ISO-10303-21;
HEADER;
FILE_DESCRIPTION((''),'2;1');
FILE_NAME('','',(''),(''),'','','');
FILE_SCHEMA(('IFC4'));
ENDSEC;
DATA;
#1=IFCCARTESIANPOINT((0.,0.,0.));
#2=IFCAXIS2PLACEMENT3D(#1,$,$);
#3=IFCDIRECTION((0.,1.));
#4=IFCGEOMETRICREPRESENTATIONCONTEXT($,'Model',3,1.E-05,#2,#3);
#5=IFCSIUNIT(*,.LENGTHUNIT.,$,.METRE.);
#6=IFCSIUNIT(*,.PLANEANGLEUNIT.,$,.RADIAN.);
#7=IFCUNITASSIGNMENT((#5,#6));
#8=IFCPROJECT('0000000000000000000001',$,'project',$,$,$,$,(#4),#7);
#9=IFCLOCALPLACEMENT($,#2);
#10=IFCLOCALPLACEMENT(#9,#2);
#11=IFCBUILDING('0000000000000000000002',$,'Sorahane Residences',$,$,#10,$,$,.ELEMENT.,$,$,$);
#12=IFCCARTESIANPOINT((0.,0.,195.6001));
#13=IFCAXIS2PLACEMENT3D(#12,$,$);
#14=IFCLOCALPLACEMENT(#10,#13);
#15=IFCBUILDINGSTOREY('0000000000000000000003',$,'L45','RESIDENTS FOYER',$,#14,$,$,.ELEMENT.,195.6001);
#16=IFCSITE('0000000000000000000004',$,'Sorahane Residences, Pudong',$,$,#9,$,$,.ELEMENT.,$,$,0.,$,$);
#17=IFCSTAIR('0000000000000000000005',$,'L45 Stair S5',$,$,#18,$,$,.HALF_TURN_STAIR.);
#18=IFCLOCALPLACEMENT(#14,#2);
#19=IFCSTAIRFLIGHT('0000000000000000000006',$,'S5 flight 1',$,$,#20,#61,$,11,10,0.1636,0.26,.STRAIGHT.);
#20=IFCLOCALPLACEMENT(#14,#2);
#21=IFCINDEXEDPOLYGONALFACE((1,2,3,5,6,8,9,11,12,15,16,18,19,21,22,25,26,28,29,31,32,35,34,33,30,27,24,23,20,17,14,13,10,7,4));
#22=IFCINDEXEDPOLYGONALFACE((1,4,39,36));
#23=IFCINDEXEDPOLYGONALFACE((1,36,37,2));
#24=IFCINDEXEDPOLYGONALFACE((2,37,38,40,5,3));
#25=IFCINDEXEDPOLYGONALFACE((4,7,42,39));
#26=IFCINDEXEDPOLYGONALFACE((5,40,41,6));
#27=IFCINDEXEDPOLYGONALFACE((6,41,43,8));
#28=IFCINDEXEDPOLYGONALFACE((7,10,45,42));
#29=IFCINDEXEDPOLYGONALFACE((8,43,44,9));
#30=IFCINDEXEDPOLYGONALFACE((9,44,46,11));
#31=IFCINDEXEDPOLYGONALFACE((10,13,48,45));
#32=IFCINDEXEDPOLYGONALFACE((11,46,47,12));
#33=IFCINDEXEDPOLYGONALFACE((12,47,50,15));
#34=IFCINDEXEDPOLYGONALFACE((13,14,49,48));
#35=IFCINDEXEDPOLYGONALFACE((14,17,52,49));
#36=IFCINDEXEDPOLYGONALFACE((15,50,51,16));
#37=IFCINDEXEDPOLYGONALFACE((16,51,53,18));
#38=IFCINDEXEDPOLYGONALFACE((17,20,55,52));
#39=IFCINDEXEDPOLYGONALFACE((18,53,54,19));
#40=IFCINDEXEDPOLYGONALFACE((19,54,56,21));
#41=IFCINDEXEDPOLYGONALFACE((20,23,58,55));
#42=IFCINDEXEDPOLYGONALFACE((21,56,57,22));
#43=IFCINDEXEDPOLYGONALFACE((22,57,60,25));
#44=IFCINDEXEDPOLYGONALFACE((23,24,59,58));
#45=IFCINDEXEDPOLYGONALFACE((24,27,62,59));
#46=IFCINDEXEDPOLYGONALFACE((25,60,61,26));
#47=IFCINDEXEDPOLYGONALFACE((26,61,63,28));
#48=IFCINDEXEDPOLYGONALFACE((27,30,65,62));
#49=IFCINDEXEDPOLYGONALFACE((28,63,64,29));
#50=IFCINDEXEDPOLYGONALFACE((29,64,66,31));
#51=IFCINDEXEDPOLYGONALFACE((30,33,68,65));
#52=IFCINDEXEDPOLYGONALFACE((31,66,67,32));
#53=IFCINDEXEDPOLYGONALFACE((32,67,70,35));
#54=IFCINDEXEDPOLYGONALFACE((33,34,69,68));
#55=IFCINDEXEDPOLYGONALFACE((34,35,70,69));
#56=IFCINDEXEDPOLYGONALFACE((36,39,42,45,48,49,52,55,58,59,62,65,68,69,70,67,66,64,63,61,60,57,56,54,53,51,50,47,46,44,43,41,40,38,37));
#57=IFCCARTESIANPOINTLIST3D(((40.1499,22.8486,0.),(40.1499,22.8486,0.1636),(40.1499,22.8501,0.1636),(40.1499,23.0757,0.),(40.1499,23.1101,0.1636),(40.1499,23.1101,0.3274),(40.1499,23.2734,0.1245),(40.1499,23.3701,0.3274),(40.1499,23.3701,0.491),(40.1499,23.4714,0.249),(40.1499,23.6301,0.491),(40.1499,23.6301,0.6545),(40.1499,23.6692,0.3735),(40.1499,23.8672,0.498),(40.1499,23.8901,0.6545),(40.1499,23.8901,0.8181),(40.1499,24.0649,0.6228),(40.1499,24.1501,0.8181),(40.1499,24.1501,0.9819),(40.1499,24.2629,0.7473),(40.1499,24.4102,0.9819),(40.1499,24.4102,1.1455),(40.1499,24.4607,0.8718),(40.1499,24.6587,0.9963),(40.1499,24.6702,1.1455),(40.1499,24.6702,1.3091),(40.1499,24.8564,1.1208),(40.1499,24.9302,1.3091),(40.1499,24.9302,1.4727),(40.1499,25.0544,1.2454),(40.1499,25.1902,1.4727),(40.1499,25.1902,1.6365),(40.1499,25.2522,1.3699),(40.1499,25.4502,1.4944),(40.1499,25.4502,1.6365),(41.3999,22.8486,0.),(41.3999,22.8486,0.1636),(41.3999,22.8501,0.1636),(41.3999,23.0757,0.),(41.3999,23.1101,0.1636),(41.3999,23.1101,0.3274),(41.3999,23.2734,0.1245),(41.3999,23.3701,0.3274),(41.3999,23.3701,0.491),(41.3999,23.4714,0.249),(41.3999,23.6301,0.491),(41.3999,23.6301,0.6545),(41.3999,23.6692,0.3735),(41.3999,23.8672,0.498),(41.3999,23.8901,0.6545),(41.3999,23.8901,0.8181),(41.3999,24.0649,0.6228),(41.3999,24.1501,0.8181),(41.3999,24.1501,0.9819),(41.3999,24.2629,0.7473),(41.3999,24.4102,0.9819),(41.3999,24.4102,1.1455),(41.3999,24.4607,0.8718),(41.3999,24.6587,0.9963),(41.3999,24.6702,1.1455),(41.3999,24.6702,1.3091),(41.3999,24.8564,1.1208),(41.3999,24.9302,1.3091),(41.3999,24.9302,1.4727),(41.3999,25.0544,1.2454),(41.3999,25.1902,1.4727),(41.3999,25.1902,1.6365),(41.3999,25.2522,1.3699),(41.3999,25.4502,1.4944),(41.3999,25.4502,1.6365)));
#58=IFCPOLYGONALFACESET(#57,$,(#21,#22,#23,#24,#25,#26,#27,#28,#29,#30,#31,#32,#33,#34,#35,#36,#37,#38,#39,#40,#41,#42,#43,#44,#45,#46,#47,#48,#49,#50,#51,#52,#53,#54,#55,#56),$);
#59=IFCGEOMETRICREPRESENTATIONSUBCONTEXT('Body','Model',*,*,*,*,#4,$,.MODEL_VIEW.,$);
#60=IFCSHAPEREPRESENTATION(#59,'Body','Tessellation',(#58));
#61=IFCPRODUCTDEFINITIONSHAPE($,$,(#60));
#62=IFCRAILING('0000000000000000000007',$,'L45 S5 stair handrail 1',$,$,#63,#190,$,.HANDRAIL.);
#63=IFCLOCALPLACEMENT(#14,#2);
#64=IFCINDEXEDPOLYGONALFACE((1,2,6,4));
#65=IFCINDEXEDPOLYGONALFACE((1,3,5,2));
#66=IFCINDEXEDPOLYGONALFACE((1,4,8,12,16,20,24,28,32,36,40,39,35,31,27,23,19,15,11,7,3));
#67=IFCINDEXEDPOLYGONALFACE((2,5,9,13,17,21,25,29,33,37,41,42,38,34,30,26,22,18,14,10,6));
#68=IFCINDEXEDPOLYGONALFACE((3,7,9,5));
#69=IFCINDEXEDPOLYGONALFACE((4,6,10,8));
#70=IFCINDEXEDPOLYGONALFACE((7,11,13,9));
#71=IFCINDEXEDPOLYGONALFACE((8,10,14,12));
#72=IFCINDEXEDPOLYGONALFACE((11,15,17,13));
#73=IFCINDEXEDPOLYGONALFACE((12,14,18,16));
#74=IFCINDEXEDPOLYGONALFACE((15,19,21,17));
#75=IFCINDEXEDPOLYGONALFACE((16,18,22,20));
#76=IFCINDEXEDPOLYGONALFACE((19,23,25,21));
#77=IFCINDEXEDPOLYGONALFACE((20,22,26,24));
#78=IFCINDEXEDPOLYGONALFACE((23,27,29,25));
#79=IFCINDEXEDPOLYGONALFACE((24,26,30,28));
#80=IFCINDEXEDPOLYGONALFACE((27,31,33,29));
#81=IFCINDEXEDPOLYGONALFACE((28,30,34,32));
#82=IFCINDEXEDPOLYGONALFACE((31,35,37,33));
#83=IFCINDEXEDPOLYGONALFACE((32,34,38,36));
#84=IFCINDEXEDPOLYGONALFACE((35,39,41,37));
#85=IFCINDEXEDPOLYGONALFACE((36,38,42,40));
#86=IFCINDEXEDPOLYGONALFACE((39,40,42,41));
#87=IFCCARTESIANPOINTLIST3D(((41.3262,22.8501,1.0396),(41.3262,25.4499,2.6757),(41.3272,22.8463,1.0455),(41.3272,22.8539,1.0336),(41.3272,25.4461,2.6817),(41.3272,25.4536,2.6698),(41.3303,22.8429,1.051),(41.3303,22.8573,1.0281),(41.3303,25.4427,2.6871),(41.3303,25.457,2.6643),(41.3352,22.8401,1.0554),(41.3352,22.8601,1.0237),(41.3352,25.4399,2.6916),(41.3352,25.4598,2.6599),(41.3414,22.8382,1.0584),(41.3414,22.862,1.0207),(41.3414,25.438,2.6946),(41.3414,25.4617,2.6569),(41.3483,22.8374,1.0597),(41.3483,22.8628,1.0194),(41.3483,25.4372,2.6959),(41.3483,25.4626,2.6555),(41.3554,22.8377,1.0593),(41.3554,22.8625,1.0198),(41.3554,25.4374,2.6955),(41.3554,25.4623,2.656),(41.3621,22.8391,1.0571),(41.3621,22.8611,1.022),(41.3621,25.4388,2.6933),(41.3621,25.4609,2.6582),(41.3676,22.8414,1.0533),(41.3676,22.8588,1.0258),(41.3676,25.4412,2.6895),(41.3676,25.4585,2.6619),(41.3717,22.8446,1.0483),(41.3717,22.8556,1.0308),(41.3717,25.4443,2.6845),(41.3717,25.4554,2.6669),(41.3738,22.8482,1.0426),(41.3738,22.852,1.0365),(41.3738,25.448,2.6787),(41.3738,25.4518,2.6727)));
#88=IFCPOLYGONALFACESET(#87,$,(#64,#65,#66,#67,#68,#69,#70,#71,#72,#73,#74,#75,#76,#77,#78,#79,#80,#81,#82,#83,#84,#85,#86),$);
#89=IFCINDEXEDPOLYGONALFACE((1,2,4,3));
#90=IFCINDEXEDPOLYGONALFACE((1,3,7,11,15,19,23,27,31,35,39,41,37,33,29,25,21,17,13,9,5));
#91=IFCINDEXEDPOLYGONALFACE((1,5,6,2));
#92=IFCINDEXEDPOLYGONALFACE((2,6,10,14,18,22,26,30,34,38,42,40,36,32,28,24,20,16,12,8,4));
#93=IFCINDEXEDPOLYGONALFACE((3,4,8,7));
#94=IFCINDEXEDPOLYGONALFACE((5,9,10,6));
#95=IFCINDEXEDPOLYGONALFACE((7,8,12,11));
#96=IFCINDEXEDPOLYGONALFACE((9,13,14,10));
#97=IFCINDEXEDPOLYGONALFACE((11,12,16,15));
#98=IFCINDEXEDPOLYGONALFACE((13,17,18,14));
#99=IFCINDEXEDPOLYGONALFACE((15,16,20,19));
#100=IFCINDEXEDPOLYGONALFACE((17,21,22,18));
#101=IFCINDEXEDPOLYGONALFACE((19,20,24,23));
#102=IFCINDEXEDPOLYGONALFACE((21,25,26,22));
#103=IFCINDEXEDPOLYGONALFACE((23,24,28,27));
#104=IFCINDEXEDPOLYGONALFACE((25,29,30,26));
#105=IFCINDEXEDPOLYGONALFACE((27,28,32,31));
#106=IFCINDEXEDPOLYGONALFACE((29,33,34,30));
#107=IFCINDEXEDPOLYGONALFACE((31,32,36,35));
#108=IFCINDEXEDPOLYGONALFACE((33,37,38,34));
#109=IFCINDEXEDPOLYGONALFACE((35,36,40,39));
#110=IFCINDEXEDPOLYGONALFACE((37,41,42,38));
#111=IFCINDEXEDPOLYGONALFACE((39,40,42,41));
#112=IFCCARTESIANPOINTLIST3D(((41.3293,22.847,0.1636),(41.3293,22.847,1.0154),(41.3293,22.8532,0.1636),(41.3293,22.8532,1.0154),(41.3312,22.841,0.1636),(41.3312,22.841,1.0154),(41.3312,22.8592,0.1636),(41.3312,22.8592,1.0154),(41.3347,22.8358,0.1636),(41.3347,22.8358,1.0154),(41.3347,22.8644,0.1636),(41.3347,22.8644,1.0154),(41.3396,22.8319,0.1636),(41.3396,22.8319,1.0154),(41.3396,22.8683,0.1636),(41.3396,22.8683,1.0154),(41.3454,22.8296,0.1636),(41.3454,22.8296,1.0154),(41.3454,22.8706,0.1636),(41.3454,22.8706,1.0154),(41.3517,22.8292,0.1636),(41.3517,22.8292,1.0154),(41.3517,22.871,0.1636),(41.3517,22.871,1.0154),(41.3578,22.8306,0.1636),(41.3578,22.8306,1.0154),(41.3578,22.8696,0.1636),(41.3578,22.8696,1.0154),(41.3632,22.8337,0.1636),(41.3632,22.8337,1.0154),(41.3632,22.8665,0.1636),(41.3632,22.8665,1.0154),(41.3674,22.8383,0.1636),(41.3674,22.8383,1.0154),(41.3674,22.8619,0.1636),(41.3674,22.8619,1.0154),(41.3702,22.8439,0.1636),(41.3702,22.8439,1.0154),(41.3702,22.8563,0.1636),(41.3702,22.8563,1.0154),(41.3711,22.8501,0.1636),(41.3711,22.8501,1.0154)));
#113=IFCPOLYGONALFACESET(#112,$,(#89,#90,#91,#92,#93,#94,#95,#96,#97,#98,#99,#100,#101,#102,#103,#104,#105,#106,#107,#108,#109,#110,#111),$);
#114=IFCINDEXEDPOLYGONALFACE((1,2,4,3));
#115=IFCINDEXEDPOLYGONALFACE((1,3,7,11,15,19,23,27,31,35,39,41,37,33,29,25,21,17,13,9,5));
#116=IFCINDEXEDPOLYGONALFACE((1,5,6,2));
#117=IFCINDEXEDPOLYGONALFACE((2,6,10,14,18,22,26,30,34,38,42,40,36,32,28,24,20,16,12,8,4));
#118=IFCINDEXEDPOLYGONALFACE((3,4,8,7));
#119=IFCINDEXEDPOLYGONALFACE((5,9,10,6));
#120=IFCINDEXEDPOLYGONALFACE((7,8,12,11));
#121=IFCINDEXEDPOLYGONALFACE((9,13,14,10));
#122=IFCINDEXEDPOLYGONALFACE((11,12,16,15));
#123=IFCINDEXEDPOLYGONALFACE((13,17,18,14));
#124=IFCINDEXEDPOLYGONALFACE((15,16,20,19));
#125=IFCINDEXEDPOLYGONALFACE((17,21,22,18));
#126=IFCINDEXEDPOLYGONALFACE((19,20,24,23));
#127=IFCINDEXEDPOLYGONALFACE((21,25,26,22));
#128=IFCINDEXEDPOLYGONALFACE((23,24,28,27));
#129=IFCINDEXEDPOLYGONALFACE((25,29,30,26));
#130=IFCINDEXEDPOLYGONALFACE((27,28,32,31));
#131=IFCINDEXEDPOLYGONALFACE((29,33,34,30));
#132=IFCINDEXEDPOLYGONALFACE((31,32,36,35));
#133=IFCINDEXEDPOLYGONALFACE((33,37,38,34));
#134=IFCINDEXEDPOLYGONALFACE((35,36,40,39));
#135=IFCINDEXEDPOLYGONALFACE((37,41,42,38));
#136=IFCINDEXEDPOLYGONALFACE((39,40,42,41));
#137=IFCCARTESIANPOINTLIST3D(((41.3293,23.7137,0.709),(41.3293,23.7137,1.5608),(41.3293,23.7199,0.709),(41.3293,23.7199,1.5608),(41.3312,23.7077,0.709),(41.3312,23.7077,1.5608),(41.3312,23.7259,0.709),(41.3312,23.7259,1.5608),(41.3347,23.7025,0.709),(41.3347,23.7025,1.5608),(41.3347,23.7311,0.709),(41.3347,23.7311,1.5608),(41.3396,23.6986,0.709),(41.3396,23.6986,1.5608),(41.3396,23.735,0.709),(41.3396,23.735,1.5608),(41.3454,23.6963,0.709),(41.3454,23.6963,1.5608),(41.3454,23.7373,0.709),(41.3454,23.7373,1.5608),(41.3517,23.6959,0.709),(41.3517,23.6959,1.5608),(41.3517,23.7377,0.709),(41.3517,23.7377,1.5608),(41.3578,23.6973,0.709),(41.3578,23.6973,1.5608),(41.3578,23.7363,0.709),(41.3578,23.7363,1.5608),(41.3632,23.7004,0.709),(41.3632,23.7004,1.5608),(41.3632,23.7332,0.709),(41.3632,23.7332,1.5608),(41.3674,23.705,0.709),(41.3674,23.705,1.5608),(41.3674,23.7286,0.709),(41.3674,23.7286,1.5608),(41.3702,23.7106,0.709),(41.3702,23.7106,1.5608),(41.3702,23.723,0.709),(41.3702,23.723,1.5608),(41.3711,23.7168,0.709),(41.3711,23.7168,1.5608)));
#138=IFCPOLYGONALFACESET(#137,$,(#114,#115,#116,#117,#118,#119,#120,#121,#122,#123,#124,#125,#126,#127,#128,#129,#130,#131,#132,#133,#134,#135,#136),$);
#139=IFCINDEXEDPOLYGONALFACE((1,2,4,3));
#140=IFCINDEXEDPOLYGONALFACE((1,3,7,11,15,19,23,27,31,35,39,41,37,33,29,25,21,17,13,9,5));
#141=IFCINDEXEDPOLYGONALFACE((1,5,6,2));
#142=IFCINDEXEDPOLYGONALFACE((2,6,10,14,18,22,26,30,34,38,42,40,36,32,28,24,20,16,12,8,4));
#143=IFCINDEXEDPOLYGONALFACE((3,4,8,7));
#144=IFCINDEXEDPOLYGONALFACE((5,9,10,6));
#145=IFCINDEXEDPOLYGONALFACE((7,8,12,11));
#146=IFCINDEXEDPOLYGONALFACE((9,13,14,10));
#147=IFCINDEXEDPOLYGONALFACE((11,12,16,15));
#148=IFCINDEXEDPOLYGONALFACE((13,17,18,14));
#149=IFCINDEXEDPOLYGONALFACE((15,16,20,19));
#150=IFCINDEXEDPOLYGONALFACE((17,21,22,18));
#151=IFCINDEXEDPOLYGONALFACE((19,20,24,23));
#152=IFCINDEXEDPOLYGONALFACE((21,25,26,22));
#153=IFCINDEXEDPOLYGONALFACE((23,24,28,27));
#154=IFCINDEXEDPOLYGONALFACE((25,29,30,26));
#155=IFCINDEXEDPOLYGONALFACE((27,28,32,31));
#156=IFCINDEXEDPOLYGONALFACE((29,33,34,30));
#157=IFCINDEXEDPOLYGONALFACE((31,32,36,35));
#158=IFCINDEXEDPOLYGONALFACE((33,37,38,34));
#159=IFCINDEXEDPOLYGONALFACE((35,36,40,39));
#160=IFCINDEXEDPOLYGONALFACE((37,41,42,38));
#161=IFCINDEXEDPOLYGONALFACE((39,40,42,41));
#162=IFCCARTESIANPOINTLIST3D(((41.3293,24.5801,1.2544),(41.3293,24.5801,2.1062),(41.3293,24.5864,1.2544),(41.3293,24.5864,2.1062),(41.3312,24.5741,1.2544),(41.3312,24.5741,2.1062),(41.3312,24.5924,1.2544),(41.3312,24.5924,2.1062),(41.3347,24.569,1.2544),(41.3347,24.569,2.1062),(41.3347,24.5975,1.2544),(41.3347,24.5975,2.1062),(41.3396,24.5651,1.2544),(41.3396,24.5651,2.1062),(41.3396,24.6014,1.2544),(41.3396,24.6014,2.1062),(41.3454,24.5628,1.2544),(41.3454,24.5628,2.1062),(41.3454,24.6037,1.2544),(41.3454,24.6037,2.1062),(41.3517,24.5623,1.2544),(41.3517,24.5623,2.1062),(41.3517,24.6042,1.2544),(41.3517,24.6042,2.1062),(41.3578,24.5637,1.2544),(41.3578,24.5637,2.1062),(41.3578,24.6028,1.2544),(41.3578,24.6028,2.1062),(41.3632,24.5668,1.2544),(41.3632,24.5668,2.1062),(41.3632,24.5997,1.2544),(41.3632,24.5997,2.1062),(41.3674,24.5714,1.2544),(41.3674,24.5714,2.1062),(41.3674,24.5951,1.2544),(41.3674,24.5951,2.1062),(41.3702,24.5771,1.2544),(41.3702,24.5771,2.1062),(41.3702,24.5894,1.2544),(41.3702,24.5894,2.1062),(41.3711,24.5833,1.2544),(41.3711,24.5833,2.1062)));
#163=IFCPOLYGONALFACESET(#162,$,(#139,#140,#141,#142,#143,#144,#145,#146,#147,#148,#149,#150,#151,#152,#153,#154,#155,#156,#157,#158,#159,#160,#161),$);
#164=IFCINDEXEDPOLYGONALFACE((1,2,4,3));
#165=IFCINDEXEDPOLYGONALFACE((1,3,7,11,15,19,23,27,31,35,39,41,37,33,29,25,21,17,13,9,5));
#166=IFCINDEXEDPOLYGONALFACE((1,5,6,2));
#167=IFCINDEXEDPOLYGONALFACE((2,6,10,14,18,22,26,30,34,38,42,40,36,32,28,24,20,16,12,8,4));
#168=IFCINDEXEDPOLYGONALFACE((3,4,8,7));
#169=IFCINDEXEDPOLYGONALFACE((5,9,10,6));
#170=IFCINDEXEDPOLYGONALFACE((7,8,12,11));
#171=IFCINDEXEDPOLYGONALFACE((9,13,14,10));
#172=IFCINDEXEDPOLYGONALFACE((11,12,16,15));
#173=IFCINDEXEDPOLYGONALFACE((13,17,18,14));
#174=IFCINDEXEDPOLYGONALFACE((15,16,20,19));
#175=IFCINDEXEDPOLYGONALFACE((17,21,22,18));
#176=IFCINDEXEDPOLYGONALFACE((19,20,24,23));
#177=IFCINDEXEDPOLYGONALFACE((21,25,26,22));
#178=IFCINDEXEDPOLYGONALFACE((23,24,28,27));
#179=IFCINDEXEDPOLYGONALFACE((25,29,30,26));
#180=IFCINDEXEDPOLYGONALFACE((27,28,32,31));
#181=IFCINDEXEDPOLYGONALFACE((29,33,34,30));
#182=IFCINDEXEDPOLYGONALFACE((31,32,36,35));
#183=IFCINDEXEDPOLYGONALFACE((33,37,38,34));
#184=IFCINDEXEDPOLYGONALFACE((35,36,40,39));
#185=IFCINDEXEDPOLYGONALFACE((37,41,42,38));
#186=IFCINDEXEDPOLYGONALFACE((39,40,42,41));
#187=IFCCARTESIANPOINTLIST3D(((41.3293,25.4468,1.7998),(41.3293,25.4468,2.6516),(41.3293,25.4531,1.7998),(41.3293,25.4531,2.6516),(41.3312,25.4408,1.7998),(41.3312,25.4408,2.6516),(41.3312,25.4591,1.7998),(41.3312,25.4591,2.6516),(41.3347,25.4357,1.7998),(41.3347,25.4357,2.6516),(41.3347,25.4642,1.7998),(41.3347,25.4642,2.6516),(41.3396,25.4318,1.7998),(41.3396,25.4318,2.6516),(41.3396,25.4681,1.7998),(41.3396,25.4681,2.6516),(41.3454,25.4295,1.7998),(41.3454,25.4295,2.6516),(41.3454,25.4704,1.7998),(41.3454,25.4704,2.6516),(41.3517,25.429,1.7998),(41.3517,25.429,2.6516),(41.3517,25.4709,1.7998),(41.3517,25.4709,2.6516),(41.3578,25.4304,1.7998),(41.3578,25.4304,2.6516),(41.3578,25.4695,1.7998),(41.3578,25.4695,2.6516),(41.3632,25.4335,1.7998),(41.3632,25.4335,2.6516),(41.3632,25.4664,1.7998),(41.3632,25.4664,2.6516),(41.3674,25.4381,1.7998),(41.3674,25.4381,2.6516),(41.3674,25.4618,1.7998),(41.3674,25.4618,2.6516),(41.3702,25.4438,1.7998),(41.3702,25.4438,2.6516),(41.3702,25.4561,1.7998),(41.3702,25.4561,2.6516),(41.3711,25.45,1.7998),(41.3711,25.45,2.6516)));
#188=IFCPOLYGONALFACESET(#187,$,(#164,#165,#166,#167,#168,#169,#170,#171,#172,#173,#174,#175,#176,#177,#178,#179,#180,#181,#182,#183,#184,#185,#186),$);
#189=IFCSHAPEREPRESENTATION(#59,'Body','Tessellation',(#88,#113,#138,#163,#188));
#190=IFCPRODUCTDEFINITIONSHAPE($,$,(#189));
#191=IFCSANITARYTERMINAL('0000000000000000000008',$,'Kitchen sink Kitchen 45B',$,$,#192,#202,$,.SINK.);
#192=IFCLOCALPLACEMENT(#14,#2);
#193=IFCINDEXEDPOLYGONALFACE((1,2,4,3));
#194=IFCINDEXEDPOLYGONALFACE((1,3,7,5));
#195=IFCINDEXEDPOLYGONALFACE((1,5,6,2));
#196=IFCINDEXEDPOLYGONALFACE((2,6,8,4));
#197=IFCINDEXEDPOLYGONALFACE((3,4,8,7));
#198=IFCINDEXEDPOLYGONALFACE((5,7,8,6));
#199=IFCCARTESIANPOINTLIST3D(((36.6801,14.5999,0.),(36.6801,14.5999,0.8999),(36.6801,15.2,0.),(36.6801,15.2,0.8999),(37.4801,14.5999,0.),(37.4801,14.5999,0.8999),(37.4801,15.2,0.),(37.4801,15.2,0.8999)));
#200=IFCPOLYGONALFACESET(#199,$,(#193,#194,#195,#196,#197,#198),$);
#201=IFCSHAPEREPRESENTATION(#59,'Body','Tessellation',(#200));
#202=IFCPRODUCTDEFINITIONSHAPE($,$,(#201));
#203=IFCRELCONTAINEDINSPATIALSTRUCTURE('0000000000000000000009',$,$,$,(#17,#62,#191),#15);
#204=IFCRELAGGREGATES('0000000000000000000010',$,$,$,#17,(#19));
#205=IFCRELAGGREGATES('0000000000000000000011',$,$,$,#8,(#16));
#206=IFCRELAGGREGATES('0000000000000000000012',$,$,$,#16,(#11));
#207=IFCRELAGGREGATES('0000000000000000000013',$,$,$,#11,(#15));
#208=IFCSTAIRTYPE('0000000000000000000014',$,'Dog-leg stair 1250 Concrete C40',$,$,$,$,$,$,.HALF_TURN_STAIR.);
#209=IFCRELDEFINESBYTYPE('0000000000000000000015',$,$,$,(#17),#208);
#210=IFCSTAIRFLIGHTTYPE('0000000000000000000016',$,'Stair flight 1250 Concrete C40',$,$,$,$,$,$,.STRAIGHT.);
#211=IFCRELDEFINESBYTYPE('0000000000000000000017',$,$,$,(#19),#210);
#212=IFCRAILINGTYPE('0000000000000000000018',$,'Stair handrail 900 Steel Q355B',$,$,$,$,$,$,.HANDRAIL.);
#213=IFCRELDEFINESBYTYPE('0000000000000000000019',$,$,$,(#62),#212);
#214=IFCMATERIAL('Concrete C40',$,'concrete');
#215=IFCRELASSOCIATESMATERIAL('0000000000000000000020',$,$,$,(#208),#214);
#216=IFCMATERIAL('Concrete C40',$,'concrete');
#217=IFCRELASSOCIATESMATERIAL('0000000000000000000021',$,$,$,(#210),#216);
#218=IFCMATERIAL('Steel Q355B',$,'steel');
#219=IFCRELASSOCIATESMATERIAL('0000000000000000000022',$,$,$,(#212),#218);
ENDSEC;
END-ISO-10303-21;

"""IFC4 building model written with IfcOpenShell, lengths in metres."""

from ifc_helpers import new_model, si_unit, direction, frame, origin, origin_2d, place, context, subcontext, project, spatial, polyline, rectangle, circle, outline, extrude, material, type_object, element, aggregate, save


model = new_model("IFC4")

# Units and contexts
model_context = context("Model", 3, precision=1e-05, world=origin(), true_north=direction((0.0, 1.0)))
body_context = subcontext(model_context, "Body", "Model", "MODEL_VIEW")
ifc_project = project(units=[si_unit("LENGTHUNIT", "METRE"), si_unit("PLANEANGLEUNIT", "RADIAN")], contexts=[model_context])

# Site, building, storey
site_placement = place(None, origin())
site = spatial("IfcSite", under=ifc_project, at=site_placement, Name="Sorahane Residences, Pudong", CompositionType="ELEMENT", RefElevation=0.0)
building_placement = place(site_placement, origin())
building = spatial("IfcBuilding", under=site, at=building_placement, Name="Sorahane Residences", CompositionType="ELEMENT")
storey_placement = place(building_placement, frame((0.0, 0.0, 195.6001)))
storey = spatial("IfcBuildingStorey", under=building, at=storey_placement, Name="L45", Description="RESIDENTS FOYER", CompositionType="ELEMENT", Elevation=195.6001)

# Stair, stair flight
ifc_material_1 = material(Name="Concrete C40", Category="concrete")
stair_type = type_object("IfcStairType", Name="Dog-leg stair 1250 Concrete C40", PredefinedType="HALF_TURN_STAIR", material=ifc_material_1)
stair_placement = place(storey_placement, origin())
stair = element("IfcStair", 1, at=stair_placement, inside=storey, type_object=stair_type, Name="L45 Stair S5", PredefinedType="HALF_TURN_STAIR")
ifc_material_2 = material(Name="Concrete C40", Category="concrete")
stair_flight_type = type_object("IfcStairFlightType", Name="Stair flight 1250 Concrete C40", PredefinedType="STRAIGHT", material=ifc_material_2)
stair_flight_placement = place(storey_placement, frame((40.7749, 22.8501, 0.0), z_axis=(0.0, 0.0, 1.0), x_axis=(0.0, 1.0, 0.0)))
stair_flight = element("IfcStairFlight", 2, at=stair_flight_placement, type_object=stair_flight_type, Name="S5 flight 1", NumberOfRisers=11, NumberOfTreads=10, PredefinedType="STRAIGHT", RiserHeight=0.1636, TreadLength=0.26, context=body_context, shape_type="SweptSolid", body=[
    extrude(outline(polyline([(-0.0015, 0.0), (-0.0015, 0.1636), (0.0, 0.1636), (0.26, 0.1636), (0.26, 0.3274), (0.52, 0.3274), (0.52, 0.491), (0.78, 0.491), (0.78, 0.6545), (1.04, 0.6545), (1.04, 0.8181), (1.3, 0.8181), (1.3, 0.9819), (1.5601, 0.9819), (1.5601, 1.1455), (1.8201, 1.1455), (1.8201, 1.3091), (2.0801, 1.3091), (2.0801, 1.4727), (2.3401, 1.4727), (2.3401, 1.6365), (2.6001, 1.6365), (2.6001, 1.8), (2.6001, 1.4944), (2.4021, 1.3699), (2.2043, 1.2454), (2.0063, 1.1208), (1.8086, 0.9963), (1.6106, 0.8718), (1.4128, 0.7473), (1.2148, 0.6228), (1.0171, 0.498), (0.8191, 0.3735), (0.6213, 0.249), (0.4233, 0.1245), (0.2256, 0.0), (-0.0015, 0.0)])), frame((0.0, 0.625, 0.0), z_axis=(0.0, -1.0, 0.0), x_axis=(1.0, 0.0, 0.0)), (0.0, 0.0, 1.0), 1.25),
])
aggregate(stair, [stair_flight])

# Railing
ifc_material_3 = material(Name="Steel Q355B", Category="steel")
railing_type_1 = type_object("IfcRailingType", Name="Stair handrail 900 Steel Q355B", PredefinedType="HANDRAIL", material=ifc_material_3)
railing_1_placement = place(storey_placement, frame((41.3501, 22.8501, 0.1636)))
element("IfcRailing", 3, at=railing_1_placement, inside=storey, type_object=railing_type_1, Name="L45 S5 stair handrail 1", PredefinedType="HANDRAIL", context=body_context, shape_type="SweptSolid", body=[
    extrude(circle(Radius=0.0239, at=origin_2d()), frame((0.0, 0.0, 0.876), z_axis=(0.0, 0.846338, 0.532647), x_axis=(-1.0, 0.0, 0.0)), (0.0, 0.0, 1.0), 3.0718),
    extrude(circle(Radius=0.021, at=origin_2d()), origin(), (0.0, 0.0, 1.0), 0.8518),
    extrude(circle(Radius=0.021, at=origin_2d()), frame((0.0, 0.8667, 0.5454)), (0.0, 0.0, 1.0), 0.8518),
    extrude(circle(Radius=0.021, at=origin_2d()), frame((0.0, 1.7332, 1.0908)), (0.0, 0.0, 1.0), 0.8518),
    extrude(circle(Radius=0.021, at=origin_2d()), frame((0.0, 2.5999, 1.6362)), (0.0, 0.0, 1.0), 0.8518),
])

# Sanitary terminal
sanitary_terminal_placement = place(storey_placement, frame((37.0801, 14.8999, 0.0), z_axis=(0.0, 0.0, 1.0), x_axis=(1.0, 0.0, 0.0)))
element("IfcSanitaryTerminal", 4, at=sanitary_terminal_placement, inside=storey, Name="Kitchen sink Kitchen 45B", PredefinedType="SINK", context=body_context, shape_type="SweptSolid", body=[
    extrude(rectangle(XDim=0.8, YDim=0.6001, at=origin_2d()), origin(), (0.0, 0.0, 1.0), 0.8999),
])

save(model, "model.ifc")
